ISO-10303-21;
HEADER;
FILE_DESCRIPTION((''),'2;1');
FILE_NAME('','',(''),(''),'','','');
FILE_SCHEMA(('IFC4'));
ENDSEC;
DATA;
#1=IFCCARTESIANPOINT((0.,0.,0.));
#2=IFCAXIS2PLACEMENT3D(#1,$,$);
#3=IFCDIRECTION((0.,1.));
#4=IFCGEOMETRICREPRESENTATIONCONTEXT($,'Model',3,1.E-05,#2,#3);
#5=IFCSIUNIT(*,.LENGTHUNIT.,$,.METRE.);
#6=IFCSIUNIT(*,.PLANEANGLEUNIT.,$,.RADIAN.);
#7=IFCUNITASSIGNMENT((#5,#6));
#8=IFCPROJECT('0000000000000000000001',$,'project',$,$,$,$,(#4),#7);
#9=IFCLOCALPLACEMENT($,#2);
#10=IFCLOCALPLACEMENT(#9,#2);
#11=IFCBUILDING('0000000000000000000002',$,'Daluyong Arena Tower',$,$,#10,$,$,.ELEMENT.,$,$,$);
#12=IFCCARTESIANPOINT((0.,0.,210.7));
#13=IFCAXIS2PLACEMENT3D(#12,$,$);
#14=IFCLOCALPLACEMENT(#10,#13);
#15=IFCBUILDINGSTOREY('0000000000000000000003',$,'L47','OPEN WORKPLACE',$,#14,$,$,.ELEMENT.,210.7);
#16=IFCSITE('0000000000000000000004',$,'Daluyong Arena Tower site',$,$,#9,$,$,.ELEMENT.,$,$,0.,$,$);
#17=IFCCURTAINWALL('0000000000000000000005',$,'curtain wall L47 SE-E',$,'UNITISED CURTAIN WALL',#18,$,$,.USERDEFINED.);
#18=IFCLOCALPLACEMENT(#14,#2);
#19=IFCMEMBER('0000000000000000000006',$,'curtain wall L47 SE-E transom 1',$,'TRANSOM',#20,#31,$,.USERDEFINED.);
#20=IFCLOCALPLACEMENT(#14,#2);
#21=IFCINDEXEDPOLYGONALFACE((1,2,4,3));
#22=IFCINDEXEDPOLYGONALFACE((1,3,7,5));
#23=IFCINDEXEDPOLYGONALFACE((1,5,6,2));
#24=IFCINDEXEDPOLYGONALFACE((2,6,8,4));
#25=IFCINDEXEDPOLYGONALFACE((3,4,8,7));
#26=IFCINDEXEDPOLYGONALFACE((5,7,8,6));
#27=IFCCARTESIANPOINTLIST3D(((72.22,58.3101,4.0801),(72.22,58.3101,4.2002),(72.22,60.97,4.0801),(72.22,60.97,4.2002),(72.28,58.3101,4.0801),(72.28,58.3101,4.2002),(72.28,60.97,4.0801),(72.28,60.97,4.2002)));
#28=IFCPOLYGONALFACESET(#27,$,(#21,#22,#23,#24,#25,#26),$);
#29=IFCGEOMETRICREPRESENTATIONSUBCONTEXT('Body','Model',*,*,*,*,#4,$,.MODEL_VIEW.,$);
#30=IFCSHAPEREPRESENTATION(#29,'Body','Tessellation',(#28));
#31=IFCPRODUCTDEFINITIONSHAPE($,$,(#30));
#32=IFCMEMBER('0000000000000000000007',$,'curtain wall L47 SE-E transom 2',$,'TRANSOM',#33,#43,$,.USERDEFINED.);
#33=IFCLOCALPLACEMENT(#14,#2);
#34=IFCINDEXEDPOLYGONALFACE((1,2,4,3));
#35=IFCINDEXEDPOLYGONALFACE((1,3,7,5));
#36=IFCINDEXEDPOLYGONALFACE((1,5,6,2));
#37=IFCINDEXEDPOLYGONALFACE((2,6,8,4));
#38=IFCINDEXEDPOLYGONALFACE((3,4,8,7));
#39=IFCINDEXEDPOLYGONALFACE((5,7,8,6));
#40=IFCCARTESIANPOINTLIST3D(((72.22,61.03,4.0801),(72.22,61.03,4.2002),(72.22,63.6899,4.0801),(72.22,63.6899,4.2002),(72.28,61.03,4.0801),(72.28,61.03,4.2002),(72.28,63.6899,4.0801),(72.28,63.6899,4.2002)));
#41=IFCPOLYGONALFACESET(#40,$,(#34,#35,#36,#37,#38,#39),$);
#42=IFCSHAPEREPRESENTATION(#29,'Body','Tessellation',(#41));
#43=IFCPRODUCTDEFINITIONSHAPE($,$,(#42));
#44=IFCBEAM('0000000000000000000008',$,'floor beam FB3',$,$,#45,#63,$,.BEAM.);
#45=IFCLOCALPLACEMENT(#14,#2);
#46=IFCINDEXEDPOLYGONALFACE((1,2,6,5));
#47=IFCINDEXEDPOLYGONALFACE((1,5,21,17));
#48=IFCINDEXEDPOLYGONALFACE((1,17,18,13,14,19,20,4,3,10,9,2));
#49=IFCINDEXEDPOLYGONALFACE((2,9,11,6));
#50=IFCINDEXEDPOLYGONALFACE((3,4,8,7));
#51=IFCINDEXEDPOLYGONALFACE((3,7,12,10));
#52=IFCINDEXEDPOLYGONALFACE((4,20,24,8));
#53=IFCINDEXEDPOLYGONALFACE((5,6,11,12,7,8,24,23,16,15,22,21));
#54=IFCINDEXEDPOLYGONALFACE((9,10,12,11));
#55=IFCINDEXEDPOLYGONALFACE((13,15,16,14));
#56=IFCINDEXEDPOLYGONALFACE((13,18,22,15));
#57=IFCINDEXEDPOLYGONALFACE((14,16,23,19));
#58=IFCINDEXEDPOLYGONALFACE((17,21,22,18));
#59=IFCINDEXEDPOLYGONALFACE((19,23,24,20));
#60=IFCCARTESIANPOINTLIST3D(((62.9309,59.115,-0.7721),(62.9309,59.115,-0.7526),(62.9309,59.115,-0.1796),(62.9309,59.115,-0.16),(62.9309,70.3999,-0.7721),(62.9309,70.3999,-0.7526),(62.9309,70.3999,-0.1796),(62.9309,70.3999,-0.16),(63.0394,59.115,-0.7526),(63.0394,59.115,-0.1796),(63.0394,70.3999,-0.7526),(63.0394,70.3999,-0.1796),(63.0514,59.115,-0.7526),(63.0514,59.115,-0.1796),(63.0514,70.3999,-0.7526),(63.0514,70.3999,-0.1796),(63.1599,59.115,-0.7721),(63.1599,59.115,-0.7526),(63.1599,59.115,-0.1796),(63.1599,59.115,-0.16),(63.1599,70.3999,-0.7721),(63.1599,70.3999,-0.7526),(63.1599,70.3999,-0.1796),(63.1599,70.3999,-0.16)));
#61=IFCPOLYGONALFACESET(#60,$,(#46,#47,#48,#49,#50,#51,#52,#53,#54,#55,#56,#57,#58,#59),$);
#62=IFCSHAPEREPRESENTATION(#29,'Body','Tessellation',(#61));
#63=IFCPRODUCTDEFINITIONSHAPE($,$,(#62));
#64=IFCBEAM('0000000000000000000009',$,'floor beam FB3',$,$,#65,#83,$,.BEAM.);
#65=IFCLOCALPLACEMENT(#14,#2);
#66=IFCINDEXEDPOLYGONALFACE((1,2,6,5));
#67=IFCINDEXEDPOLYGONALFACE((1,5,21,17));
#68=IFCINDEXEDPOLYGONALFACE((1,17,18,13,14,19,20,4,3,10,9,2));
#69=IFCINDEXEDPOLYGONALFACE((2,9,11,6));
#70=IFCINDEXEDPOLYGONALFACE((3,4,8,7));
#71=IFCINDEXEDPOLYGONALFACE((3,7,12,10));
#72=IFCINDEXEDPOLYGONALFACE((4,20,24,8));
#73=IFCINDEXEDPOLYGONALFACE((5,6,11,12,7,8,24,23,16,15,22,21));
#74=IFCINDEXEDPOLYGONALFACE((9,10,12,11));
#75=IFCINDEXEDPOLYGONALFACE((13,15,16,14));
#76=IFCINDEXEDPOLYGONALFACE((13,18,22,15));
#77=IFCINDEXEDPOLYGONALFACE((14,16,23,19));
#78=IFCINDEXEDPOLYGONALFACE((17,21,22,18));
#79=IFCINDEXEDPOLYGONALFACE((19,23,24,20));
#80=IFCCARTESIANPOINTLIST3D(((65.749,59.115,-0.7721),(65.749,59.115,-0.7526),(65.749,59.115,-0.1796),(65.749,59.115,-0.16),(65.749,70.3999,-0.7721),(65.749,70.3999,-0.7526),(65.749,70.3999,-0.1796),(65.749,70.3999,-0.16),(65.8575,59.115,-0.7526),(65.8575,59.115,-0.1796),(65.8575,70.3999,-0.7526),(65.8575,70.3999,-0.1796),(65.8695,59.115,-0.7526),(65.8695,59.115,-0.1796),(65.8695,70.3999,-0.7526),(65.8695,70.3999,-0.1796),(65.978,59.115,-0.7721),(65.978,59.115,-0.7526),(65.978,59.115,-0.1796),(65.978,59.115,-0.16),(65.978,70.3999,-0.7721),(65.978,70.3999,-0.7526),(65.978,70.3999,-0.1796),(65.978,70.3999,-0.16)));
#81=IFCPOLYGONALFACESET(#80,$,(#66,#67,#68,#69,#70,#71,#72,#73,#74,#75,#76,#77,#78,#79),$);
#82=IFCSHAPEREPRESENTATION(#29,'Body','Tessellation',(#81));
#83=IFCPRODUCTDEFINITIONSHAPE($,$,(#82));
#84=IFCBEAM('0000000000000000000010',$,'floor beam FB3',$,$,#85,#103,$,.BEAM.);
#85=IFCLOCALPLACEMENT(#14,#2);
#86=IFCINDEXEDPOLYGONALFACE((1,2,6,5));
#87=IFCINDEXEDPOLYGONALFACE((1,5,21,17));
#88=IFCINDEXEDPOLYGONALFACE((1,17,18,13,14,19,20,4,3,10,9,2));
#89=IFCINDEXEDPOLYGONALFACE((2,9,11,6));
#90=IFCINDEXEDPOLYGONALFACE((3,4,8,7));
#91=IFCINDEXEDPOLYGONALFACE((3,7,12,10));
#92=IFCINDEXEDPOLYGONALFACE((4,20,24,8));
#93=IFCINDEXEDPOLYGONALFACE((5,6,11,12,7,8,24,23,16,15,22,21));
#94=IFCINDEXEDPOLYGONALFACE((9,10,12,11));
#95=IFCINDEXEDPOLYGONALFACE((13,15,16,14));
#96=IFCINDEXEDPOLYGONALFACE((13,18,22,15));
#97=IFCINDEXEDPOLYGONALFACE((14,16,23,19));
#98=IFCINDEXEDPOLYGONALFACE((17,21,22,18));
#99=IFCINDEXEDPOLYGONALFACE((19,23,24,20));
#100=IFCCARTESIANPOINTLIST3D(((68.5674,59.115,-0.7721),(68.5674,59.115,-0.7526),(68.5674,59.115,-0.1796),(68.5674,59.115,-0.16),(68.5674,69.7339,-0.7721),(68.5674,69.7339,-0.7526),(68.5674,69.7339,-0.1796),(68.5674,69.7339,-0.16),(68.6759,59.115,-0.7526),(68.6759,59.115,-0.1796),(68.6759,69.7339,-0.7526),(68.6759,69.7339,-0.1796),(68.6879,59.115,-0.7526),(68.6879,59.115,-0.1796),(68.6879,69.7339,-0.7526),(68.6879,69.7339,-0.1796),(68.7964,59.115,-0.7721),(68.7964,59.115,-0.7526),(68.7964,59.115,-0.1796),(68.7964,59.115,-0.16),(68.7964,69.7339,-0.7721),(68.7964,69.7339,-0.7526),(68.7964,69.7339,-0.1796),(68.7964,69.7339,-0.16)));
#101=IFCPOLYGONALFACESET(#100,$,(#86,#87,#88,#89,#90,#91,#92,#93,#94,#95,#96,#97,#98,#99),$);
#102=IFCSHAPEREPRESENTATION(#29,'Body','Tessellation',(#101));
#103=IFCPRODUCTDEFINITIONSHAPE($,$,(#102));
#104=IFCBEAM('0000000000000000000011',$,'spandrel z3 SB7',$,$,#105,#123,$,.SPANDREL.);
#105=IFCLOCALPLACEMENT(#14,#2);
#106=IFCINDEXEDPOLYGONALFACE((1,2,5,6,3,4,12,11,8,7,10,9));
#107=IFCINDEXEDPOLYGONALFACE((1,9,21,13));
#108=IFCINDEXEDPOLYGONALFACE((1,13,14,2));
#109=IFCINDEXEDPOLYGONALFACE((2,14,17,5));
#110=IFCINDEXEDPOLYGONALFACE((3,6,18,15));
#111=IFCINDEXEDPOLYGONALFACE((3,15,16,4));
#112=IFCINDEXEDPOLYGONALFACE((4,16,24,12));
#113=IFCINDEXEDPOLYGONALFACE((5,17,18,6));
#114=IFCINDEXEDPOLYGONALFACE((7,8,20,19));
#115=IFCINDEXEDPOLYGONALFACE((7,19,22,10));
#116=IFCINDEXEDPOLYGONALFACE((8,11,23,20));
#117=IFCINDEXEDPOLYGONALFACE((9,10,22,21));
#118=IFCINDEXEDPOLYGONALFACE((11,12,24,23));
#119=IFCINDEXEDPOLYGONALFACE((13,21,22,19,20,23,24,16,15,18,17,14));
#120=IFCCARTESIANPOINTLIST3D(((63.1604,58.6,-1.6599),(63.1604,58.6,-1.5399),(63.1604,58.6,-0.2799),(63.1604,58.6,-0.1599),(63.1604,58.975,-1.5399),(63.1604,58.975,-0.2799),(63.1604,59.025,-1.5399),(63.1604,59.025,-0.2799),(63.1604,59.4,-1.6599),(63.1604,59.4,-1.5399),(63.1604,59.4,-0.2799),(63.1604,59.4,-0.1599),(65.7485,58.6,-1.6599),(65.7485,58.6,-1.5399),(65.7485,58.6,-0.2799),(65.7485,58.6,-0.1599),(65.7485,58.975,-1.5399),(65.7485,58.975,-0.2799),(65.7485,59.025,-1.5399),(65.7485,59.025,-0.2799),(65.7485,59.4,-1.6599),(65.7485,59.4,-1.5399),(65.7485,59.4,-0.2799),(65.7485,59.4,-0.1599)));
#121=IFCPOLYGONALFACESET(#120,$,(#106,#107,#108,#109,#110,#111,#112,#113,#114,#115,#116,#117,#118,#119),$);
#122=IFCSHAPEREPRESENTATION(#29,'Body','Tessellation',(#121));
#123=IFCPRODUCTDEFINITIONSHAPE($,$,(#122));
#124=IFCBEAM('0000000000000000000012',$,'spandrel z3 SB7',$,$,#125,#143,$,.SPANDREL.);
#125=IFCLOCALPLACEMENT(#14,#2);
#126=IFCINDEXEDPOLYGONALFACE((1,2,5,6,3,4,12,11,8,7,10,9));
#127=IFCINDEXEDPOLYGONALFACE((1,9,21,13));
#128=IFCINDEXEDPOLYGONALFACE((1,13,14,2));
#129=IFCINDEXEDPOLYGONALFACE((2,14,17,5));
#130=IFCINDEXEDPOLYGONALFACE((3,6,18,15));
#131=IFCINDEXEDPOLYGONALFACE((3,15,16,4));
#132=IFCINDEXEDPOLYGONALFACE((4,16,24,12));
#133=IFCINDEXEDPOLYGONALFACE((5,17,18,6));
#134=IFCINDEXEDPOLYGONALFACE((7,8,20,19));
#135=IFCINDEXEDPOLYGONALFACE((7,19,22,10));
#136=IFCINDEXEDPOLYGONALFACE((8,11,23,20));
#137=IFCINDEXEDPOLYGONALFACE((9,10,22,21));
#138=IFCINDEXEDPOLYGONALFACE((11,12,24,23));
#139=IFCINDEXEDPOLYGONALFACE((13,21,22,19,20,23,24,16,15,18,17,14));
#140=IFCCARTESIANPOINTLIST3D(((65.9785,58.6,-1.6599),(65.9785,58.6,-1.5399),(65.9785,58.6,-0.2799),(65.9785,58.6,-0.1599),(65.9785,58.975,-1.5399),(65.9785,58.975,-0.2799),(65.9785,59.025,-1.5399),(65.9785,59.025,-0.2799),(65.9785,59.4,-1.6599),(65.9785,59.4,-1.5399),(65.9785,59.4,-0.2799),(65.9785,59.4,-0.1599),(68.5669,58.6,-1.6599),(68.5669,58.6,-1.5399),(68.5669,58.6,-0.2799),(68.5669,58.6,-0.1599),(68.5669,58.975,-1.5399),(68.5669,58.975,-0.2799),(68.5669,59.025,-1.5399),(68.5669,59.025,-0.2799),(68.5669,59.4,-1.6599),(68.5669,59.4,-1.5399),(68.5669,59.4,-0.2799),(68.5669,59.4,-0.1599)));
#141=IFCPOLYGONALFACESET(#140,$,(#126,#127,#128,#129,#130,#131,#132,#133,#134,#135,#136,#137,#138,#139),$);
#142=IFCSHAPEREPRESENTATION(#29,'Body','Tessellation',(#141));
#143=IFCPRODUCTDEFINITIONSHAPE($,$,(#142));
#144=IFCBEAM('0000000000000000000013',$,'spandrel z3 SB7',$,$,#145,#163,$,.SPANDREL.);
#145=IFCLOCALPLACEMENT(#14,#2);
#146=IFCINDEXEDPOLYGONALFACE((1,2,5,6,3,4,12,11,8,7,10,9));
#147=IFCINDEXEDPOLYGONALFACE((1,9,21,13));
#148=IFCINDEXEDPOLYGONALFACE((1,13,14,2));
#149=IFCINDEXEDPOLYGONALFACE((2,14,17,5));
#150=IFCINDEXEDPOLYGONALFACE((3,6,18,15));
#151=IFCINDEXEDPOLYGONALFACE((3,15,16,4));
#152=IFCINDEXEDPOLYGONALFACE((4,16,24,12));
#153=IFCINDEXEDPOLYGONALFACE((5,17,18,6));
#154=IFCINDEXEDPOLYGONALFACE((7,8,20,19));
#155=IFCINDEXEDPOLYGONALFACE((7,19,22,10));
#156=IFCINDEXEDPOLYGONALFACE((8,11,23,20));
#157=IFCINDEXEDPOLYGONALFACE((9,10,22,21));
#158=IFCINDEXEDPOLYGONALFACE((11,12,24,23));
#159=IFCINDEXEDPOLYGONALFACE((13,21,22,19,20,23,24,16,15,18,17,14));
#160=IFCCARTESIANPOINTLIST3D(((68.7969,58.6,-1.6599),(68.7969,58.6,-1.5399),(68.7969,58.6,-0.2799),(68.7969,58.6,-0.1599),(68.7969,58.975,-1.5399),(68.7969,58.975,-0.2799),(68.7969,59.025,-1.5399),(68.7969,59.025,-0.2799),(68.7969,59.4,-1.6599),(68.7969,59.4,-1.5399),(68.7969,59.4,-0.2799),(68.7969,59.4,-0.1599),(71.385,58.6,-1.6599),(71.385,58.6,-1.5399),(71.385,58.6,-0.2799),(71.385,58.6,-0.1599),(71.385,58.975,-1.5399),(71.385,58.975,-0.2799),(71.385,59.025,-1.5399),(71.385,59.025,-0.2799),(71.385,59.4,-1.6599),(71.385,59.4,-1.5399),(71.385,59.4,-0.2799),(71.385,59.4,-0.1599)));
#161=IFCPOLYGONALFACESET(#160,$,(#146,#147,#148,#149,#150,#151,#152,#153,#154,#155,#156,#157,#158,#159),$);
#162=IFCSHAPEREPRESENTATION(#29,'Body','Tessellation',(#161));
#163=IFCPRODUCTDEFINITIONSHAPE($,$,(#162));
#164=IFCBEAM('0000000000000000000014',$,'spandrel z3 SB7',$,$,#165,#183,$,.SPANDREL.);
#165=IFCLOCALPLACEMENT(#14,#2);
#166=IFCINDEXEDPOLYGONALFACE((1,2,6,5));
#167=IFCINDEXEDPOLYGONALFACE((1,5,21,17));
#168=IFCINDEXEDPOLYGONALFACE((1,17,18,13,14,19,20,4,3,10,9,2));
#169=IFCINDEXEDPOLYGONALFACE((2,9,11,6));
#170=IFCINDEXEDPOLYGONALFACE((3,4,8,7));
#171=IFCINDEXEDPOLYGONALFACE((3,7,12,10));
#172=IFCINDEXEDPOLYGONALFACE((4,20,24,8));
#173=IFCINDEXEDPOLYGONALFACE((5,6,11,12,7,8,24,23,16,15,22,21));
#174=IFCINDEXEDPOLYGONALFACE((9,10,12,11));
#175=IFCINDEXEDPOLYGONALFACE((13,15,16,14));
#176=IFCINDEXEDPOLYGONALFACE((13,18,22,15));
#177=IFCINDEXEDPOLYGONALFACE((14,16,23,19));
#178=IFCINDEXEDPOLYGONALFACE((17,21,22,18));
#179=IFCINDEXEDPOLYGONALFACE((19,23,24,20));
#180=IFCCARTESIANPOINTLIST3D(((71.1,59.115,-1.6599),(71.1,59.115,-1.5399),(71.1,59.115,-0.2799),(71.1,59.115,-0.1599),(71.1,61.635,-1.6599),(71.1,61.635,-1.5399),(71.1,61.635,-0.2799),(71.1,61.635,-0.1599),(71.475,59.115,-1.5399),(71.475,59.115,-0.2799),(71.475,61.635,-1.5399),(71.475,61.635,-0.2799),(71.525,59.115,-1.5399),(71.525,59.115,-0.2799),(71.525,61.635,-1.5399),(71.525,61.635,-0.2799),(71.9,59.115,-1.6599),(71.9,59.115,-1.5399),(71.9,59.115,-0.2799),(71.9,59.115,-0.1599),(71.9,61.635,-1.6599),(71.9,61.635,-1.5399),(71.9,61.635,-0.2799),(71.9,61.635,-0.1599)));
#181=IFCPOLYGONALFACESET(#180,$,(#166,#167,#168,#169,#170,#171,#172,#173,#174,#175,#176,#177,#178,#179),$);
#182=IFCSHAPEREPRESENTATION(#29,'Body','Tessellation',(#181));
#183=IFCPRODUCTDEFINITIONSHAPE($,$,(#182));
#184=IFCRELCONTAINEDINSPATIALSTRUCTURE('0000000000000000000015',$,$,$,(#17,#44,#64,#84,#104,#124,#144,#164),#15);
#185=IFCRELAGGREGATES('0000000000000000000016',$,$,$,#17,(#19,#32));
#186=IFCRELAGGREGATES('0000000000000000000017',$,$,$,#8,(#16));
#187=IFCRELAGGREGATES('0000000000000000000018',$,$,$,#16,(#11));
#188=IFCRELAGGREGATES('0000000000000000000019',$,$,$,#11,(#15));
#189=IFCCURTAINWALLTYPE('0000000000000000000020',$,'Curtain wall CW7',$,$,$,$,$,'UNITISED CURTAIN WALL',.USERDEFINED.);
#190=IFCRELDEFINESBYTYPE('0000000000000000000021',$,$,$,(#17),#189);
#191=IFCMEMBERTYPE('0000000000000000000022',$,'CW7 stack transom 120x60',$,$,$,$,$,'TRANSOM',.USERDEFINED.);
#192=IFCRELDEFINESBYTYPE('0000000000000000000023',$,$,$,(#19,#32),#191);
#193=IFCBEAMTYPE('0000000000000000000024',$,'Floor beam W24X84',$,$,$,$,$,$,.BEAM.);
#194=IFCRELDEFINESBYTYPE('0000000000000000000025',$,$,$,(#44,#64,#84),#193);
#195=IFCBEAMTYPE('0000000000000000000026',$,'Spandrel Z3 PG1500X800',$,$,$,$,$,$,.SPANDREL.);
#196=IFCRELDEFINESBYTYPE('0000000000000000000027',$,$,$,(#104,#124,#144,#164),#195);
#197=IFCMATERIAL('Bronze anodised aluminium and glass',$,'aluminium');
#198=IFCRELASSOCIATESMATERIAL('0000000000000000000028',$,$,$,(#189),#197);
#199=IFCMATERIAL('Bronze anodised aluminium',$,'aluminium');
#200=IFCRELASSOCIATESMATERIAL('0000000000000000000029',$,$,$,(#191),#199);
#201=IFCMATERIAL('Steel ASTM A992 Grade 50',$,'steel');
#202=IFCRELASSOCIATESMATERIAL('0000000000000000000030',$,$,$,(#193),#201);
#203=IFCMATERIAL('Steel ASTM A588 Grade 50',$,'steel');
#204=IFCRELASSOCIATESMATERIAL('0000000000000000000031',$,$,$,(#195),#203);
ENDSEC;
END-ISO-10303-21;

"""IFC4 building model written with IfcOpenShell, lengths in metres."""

from ifc_helpers import new_model, si_unit, direction, frame, origin, origin_2d, place, context, subcontext, project, spatial, rectangle, i_section, extrude, material, material_profile, profile_set, type_object, element, aggregate, save


model = new_model("IFC4")

# Units and contexts
model_context = context("Model", 3, precision=1e-05, world=origin(), true_north=direction((0.0, 1.0)))
body_context = subcontext(model_context, "Body", "Model", "MODEL_VIEW")
ifc_project = project(units=[si_unit("LENGTHUNIT", "METRE"), si_unit("PLANEANGLEUNIT", "RADIAN")], contexts=[model_context])

# Site, building, storey
site_placement = place(None, origin())
site = spatial("IfcSite", under=ifc_project, at=site_placement, Name="Daluyong Arena Tower site", CompositionType="ELEMENT", RefElevation=0.0)
building_placement = place(site_placement, origin())
building = spatial("IfcBuilding", under=site, at=building_placement, Name="Daluyong Arena Tower", CompositionType="ELEMENT")
storey_placement = place(building_placement, frame((0.0, 0.0, 210.7)))
storey = spatial("IfcBuildingStorey", under=building, at=storey_placement, Name="L47", Description="OPEN WORKPLACE", CompositionType="ELEMENT", Elevation=210.7)

# Curtain wall, members
ifc_material_1 = material(Name="Bronze anodised aluminium and glass", Category="aluminium")
curtain_wall_type_1 = type_object("IfcCurtainWallType", Name="Curtain wall CW7", ElementType="UNITISED CURTAIN WALL", PredefinedType="USERDEFINED", material=ifc_material_1)
curtain_wall_1_placement = place(storey_placement, origin())
curtain_wall_1 = element("IfcCurtainWall", 1, at=curtain_wall_1_placement, inside=storey, type_object=curtain_wall_type_1, Name="curtain wall L47 SE-E", ObjectType="UNITISED CURTAIN WALL", PredefinedType="USERDEFINED")
ifc_material_2 = material(Name="Bronze anodised aluminium", Category="aluminium")
ifc_material_profile_1 = material_profile(ifc_material_2, rectangle(XDim=0.0601, YDim=0.1201, at=origin_2d()))
ifc_profile_set_1 = profile_set([ifc_material_profile_1], Name="Bronze anodised aluminium")
member_type_1 = type_object("IfcMemberType", Name="CW7 stack transom 120x60", ElementType="TRANSOM", PredefinedType="USERDEFINED", material=ifc_profile_set_1)
member_1_placement = place(storey_placement, frame((72.25, 58.3101, 4.1401), z_axis=(0.0, 1.0, 0.0), x_axis=(-1.0, 0.0, 0.0)))
member_1 = element("IfcMember", 2, at=member_1_placement, type_object=member_type_1, Name="curtain wall L47 SE-E transom 1", ObjectType="TRANSOM", PredefinedType="USERDEFINED", context=body_context, shape_type="SweptSolid", body=[
    extrude(rectangle(XDim=0.0601, YDim=0.1201, at=origin_2d()), origin(), (0.0, 0.0, 1.0), 2.6599),
])
member_2_placement = place(storey_placement, frame((72.25, 61.03, 4.1401), z_axis=(0.0, 1.0, 0.0), x_axis=(-1.0, 0.0, 0.0)))
member_2 = element("IfcMember", 3, at=member_2_placement, type_object=member_type_1, Name="curtain wall L47 SE-E transom 2", ObjectType="TRANSOM", PredefinedType="USERDEFINED", context=body_context, shape_type="SweptSolid", body=[
    extrude(rectangle(XDim=0.0601, YDim=0.1201, at=origin_2d()), origin(), (0.0, 0.0, 1.0), 2.6599),
])

# Beams
ifc_material_3 = material(Name="Steel ASTM A992 Grade 50", Category="steel")
ifc_material_profile_2 = material_profile(ifc_material_3, i_section(OverallWidth=0.229, OverallDepth=0.6121, WebThickness=0.012, FlangeThickness=0.0195, at=origin_2d()))
ifc_profile_set_2 = profile_set([ifc_material_profile_2], Name="Steel ASTM A992 Grade 50")
beam_type_1 = type_object("IfcBeamType", Name="Floor beam W24X84", PredefinedType="BEAM", material=ifc_profile_set_2)
for number, where, z_axis, x_axis, name in (
    (4, (63.0454, 59.115, -0.4661), (0.0, 1.0, 0.0), (-1.0, 0.0, 0.0), "floor beam FB3"),
    (5, (65.8635, 59.115, -0.4661), (0.0, 1.0, 0.0), (-1.0, 0.0, 0.0), "floor beam FB3"),
):
    element("IfcBeam", number, at=place(storey_placement, frame(where, z_axis=z_axis, x_axis=x_axis)), inside=storey, type_object=beam_type_1, Name=name, PredefinedType="BEAM", context=body_context, shape_type="SweptSolid", body=[
        extrude(i_section(OverallWidth=0.229, OverallDepth=0.6121, WebThickness=0.012, FlangeThickness=0.0195, at=origin_2d()), origin(), (0.0, 0.0, 1.0), 11.2849),
    ])
beam_1_placement = place(storey_placement, frame((68.6819, 59.115, -0.4661), z_axis=(0.0, 1.0, 0.0), x_axis=(-1.0, 0.0, 0.0)))
element("IfcBeam", 6, at=beam_1_placement, inside=storey, type_object=beam_type_1, Name="floor beam FB3", PredefinedType="BEAM", context=body_context, shape_type="SweptSolid", body=[
    extrude(i_section(OverallWidth=0.229, OverallDepth=0.6121, WebThickness=0.012, FlangeThickness=0.0195, at=origin_2d()), origin(), (0.0, 0.0, 1.0), 10.6189),
])
ifc_material_4 = material(Name="Steel ASTM A588 Grade 50", Category="steel")
ifc_material_profile_3 = material_profile(ifc_material_4, i_section(OverallWidth=0.8, OverallDepth=1.5, WebThickness=0.05, FlangeThickness=0.12, at=origin_2d()))
ifc_profile_set_3 = profile_set([ifc_material_profile_3], Name="Steel ASTM A588 Grade 50")
beam_type_2 = type_object("IfcBeamType", Name="Spandrel Z3 PG1500X800", PredefinedType="SPANDREL", material=ifc_profile_set_3)
beam_2_placement = place(storey_placement, frame((63.1604, 59.0, -0.9099), z_axis=(1.0, 0.0, 0.0), x_axis=(0.0, 1.0, 0.0)))
element("IfcBeam", 7, at=beam_2_placement, inside=storey, type_object=beam_type_2, Name="spandrel z3 SB7", PredefinedType="SPANDREL", context=body_context, shape_type="SweptSolid", body=[
    extrude(i_section(OverallWidth=0.8, OverallDepth=1.5, WebThickness=0.05, FlangeThickness=0.12, at=origin_2d()), origin(), (0.0, 0.0, 1.0), 2.5881),
])
beam_3_placement = place(storey_placement, frame((65.9785, 59.0, -0.9099), z_axis=(1.0, 0.0, 0.0), x_axis=(0.0, 1.0, 0.0)))
element("IfcBeam", 8, at=beam_3_placement, inside=storey, type_object=beam_type_2, Name="spandrel z3 SB7", PredefinedType="SPANDREL", context=body_context, shape_type="SweptSolid", body=[
    extrude(i_section(OverallWidth=0.8, OverallDepth=1.5, WebThickness=0.05, FlangeThickness=0.12, at=origin_2d()), origin(), (0.0, 0.0, 1.0), 2.5884),
])
beam_4_placement = place(storey_placement, frame((68.7969, 59.0, -0.9099), z_axis=(1.0, 0.0, 0.0), x_axis=(0.0, 1.0, 0.0)))
element("IfcBeam", 9, at=beam_4_placement, inside=storey, type_object=beam_type_2, Name="spandrel z3 SB7", PredefinedType="SPANDREL", context=body_context, shape_type="SweptSolid", body=[
    extrude(i_section(OverallWidth=0.8, OverallDepth=1.5, WebThickness=0.05, FlangeThickness=0.12, at=origin_2d()), origin(), (0.0, 0.0, 1.0), 2.5881),
])
for number, where, z_axis, x_axis, name in (
    (10, (71.5, 59.115, -0.9099), (0.0, 1.0, 0.0), (-1.0, 0.0, 0.0), "spandrel z3 SB7"),
):
    element("IfcBeam", number, at=place(storey_placement, frame(where, z_axis=z_axis, x_axis=x_axis)), inside=storey, type_object=beam_type_2, Name=name, PredefinedType="SPANDREL", context=body_context, shape_type="SweptSolid", body=[
        extrude(i_section(OverallWidth=0.8, OverallDepth=1.5, WebThickness=0.05, FlangeThickness=0.12, at=origin_2d()), origin(), (0.0, 0.0, 1.0), 2.52),
    ])

aggregate(curtain_wall_1, [member_1, member_2])

save(model, "model.ifc")
